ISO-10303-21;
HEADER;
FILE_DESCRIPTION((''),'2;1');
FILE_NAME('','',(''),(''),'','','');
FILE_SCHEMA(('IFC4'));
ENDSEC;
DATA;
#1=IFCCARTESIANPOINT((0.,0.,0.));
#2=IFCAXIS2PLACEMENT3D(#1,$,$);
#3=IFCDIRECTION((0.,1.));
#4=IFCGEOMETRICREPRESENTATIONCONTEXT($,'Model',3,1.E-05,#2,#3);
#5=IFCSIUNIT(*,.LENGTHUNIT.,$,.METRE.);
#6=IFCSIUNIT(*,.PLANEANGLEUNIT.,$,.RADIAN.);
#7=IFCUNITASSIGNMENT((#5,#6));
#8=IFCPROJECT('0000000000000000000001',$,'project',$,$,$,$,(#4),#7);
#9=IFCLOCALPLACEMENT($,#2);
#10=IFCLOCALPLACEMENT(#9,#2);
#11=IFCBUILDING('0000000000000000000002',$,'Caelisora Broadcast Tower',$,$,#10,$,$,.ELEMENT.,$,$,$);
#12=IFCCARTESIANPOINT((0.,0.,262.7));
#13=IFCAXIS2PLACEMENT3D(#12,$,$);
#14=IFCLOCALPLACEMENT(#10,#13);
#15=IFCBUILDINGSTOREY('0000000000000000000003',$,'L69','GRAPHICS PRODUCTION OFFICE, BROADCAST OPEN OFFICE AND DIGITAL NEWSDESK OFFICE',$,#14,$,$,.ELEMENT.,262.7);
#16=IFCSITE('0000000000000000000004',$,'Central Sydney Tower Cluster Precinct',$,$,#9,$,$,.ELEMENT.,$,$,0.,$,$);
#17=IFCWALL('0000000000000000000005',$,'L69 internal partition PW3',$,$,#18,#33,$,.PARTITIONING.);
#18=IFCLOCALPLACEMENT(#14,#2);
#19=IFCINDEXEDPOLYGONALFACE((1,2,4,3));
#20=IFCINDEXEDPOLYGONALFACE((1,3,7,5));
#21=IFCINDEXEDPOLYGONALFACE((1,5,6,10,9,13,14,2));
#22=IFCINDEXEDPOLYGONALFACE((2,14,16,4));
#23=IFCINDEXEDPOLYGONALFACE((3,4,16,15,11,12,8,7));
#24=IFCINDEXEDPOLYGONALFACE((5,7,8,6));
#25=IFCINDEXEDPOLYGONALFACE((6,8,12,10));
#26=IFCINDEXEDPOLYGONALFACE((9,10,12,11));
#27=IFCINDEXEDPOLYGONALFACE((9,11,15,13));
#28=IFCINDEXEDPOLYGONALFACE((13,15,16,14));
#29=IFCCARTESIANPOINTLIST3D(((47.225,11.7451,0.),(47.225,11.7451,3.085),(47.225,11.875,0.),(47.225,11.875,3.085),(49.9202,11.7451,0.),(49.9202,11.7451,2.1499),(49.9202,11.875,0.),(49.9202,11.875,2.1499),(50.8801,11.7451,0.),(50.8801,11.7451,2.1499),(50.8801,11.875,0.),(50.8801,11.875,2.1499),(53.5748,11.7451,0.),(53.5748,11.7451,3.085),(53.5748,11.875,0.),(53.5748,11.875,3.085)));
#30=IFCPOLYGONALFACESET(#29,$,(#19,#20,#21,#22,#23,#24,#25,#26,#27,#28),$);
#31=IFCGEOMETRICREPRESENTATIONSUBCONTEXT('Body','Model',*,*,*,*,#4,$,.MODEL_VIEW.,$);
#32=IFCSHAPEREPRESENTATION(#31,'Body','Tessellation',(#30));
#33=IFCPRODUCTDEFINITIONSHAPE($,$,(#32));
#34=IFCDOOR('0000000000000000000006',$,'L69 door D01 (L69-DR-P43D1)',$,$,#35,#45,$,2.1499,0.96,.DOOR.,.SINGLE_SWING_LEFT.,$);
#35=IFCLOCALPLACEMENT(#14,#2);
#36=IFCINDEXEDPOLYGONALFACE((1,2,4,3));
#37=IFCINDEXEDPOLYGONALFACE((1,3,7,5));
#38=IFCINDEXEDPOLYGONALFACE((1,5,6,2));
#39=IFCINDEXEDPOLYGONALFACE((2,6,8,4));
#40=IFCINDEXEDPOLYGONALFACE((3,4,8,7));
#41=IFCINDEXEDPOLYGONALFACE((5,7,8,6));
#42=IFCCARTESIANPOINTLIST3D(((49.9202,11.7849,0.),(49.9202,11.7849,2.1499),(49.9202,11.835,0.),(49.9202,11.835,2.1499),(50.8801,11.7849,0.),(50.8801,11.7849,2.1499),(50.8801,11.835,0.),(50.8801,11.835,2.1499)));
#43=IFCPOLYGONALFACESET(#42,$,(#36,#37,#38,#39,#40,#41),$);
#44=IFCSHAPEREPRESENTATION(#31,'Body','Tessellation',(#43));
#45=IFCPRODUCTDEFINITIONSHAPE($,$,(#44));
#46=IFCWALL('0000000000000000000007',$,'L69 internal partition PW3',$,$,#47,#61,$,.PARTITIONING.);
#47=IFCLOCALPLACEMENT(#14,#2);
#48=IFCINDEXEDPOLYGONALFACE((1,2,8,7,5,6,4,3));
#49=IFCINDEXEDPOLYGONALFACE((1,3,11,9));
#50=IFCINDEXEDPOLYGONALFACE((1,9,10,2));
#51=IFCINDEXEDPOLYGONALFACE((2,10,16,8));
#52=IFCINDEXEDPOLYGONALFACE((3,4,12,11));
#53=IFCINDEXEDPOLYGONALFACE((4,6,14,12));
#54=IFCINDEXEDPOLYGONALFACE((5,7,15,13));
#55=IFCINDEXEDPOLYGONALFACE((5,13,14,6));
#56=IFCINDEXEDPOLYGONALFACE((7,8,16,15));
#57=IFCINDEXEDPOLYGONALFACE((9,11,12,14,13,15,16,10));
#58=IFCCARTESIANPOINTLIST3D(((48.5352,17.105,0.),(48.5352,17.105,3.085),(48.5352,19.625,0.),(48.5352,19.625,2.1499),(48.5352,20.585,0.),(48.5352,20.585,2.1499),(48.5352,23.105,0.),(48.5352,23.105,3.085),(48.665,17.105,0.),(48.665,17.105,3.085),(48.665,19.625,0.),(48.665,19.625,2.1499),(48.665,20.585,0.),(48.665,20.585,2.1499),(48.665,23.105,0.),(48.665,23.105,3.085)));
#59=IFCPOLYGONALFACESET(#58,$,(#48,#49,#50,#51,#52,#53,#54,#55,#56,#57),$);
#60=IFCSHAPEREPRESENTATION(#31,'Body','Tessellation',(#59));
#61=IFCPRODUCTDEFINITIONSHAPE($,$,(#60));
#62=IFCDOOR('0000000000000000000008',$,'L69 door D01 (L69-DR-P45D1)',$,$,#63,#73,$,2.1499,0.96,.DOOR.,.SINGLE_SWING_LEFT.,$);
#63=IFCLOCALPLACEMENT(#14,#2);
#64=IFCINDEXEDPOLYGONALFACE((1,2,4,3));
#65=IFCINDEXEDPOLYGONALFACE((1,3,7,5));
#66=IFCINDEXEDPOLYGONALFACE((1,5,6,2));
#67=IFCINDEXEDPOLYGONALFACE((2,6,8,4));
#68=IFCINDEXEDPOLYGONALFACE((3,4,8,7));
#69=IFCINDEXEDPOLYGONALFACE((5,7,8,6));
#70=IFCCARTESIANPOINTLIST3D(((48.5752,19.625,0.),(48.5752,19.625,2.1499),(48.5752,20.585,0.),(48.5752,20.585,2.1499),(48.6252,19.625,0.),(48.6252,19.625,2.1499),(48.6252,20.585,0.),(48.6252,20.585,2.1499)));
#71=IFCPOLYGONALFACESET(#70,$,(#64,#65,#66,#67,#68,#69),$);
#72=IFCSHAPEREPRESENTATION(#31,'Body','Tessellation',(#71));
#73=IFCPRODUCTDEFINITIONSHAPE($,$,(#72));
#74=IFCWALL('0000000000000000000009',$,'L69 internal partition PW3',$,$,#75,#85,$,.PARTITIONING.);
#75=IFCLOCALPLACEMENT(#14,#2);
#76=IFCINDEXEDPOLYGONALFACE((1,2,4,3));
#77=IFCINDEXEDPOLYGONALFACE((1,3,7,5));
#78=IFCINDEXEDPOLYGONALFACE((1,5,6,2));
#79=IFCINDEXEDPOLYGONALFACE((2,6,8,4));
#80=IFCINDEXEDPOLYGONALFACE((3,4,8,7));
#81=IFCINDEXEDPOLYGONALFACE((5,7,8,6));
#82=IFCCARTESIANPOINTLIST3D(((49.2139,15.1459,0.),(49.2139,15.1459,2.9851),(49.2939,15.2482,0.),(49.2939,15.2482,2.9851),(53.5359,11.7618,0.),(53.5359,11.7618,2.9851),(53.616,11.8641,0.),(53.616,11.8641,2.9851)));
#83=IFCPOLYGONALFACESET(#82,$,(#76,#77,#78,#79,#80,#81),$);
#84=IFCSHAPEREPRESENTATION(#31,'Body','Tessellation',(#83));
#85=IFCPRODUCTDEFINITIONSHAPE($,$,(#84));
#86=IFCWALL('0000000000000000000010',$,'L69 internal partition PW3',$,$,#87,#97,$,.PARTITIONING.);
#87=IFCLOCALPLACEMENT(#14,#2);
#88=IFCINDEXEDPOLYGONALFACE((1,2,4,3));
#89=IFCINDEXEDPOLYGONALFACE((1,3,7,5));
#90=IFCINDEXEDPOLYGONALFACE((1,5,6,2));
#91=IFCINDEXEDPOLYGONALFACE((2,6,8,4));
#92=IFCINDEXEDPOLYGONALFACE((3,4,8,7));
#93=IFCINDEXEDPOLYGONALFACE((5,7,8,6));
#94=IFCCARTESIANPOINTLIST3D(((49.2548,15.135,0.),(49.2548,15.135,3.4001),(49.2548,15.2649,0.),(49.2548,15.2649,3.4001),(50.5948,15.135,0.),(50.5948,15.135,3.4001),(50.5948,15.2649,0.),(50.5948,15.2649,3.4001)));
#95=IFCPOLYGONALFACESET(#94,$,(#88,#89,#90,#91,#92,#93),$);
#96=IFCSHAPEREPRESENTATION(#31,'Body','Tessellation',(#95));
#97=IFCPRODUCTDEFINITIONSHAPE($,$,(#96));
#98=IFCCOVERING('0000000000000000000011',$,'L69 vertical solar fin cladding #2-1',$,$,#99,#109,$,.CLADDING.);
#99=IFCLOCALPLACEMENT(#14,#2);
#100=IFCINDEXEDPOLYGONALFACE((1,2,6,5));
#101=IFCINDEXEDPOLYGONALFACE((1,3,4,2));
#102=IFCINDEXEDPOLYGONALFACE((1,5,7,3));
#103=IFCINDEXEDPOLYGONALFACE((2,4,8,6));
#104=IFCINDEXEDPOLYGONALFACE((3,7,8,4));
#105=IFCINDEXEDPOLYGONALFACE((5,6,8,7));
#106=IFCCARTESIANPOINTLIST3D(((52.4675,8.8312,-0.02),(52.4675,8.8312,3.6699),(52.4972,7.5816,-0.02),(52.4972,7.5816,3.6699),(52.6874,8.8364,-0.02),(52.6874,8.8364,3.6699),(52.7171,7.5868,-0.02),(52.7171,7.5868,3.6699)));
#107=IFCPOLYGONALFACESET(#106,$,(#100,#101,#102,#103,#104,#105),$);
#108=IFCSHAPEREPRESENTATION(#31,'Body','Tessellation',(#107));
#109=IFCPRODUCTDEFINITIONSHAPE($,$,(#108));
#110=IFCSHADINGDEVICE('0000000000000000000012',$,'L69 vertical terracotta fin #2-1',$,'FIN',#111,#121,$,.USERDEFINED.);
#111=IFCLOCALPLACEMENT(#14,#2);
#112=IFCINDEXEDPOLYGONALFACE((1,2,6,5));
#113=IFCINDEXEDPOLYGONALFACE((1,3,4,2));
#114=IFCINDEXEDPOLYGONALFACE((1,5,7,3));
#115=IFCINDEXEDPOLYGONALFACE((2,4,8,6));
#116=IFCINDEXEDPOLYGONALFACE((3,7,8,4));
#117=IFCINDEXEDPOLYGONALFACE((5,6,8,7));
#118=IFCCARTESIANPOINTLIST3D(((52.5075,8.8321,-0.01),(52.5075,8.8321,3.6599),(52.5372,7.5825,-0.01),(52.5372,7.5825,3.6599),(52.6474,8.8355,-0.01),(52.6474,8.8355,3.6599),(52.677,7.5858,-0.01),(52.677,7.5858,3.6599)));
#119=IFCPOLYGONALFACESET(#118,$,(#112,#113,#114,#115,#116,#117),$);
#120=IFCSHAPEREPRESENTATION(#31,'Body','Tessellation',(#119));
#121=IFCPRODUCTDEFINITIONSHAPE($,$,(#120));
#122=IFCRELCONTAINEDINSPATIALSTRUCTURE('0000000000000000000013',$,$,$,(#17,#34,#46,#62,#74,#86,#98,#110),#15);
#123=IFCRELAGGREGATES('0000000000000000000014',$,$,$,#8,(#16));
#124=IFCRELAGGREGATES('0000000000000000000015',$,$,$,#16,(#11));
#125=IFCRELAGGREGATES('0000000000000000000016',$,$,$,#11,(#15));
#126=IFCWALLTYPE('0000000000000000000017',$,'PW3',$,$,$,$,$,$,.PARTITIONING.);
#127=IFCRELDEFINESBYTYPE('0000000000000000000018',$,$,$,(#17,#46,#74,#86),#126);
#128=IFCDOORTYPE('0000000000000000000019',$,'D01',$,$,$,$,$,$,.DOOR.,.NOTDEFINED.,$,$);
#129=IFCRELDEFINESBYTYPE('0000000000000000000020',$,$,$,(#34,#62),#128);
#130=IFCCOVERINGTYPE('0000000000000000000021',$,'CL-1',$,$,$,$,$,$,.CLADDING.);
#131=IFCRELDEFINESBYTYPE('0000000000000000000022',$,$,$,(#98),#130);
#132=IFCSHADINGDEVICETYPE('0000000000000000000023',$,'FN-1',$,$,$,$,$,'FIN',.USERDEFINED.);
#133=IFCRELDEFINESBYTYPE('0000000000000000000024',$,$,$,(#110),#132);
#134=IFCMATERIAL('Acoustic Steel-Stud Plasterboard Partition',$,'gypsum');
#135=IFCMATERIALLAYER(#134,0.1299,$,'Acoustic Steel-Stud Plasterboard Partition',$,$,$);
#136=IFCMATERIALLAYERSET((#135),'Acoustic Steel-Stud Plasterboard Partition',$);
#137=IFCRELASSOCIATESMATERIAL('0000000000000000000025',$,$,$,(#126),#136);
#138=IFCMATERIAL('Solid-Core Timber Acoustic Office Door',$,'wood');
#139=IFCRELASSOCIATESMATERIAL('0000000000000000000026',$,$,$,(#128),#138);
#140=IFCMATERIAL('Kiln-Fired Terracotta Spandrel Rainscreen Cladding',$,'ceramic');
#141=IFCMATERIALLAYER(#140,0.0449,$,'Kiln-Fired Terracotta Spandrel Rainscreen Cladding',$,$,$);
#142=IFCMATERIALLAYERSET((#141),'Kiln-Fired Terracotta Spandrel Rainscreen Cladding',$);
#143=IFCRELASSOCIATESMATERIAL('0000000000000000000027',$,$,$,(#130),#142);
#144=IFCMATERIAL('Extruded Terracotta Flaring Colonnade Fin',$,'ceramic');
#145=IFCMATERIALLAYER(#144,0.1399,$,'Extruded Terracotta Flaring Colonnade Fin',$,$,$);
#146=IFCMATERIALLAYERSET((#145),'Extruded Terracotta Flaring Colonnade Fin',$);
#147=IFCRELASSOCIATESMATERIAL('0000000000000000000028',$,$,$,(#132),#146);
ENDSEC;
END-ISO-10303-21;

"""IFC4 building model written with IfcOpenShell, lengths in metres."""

from ifc_helpers import new_model, si_unit, direction, frame, frame_2d, origin, origin_2d, place, context, subcontext, project, spatial, rectangle, extrude, source, transform, mapped, material, layer, layer_set, type_object, type_shapes, element, fill, save


model = new_model("IFC4")

# Units and contexts
model_context = context("Model", 3, precision=1e-05, world=origin(), true_north=direction((0.0, 1.0)))
body_context = subcontext(model_context, "Body", "Model", "MODEL_VIEW")
ifc_project = project(units=[si_unit("LENGTHUNIT", "METRE"), si_unit("PLANEANGLEUNIT", "RADIAN")], contexts=[model_context])

# Site, building, storey
site_placement = place(None, origin())
site = spatial("IfcSite", under=ifc_project, at=site_placement, Name="Central Sydney Tower Cluster Precinct", CompositionType="ELEMENT", RefElevation=0.0)
building_placement = place(site_placement, origin())
building = spatial("IfcBuilding", under=site, at=building_placement, Name="Caelisora Broadcast Tower", CompositionType="ELEMENT")
storey_placement = place(building_placement, frame((0.0, 0.0, 262.7)))
storey = spatial("IfcBuildingStorey", under=building, at=storey_placement, Name="L69", Description="GRAPHICS PRODUCTION OFFICE, BROADCAST OPEN OFFICE AND DIGITAL NEWSDESK OFFICE", CompositionType="ELEMENT", Elevation=262.7)

# Shared definitions
ifc_material_1 = material(Name="Acoustic Steel-Stud Plasterboard Partition", Category="gypsum")
ifc_layer_1 = layer(ifc_material_1, 0.1299, Name="Acoustic Steel-Stud Plasterboard Partition")
ifc_layer_set_1 = layer_set([ifc_layer_1], Name="Acoustic Steel-Stud Plasterboard Partition")
wall_type = type_object("IfcWallType", Name="PW3", PredefinedType="PARTITIONING", material=ifc_layer_set_1)

# Walls, openings, doors
ifc_material_2 = material(Name="Solid-Core Timber Acoustic Office Door", Category="wood")
door_type = type_object("IfcDoorType", Name="D01", OperationType="NOTDEFINED", PredefinedType="DOOR", material=ifc_material_2)
wall_1_placement = place(storey_placement, frame((47.2251, 11.8101, 0.0), z_axis=(0.0, 0.0, 1.0), x_axis=(1.0, 0.0, 0.0)))
wall_1 = element("IfcWall", 1, at=wall_1_placement, inside=storey, type_object=wall_type, Name="L69 internal partition PW3", PredefinedType="PARTITIONING", context=body_context, shape_type="SweptSolid", body=[
    extrude(rectangle(XDim=6.3499, YDim=0.1299, at=frame_2d((3.1748, 0.0))), origin(), (0.0, 0.0, 1.0), 3.085),
])
opening_1_placement = place(wall_1_placement, frame((2.6951, 0.0, 0.0)))
opening_1 = element("IfcOpeningElement", 2, at=opening_1_placement, cuts=wall_1, PredefinedType="OPENING", context=body_context, shape_type="SweptSolid", body=[
    extrude(rectangle(XDim=0.96, YDim=2.1499, at=frame_2d((0.48, 1.075))), frame((0.0, 0.0769, 0.0), z_axis=(0.0, -1.0, 0.0), x_axis=(1.0, 0.0, 0.0)), (0.0, 0.0, 1.0), 0.1538),
])
door_1_placement = place(opening_1_placement, origin())
door_1 = element("IfcDoor", 3, at=door_1_placement, inside=storey, type_object=door_type, Name="L69 door D01 (L69-DR-P43D1)", OperationType="SINGLE_SWING_LEFT", OverallHeight=2.1499, OverallWidth=0.96, PredefinedType="DOOR", context=body_context, shape_type="SweptSolid", body=[
    extrude(rectangle(XDim=0.96, YDim=2.1499, at=frame_2d((0.48, 1.075))), frame((0.0, 0.0249, 0.0), z_axis=(0.0, -1.0, 0.0), x_axis=(1.0, 0.0, 0.0)), (0.0, 0.0, 1.0), 0.05),
])
fill(opening_1, door_1)
wall_2_placement = place(storey_placement, frame((48.6001, 17.105, 0.0), z_axis=(0.0, 0.0, 1.0), x_axis=(0.0, 1.0, 0.0)))
wall_2 = element("IfcWall", 4, at=wall_2_placement, inside=storey, type_object=wall_type, Name="L69 internal partition PW3", PredefinedType="PARTITIONING", context=body_context, shape_type="SweptSolid", body=[
    extrude(rectangle(XDim=6.0, YDim=0.1299, at=frame_2d((3.0, 0.0))), origin(), (0.0, 0.0, 1.0), 3.085),
])
opening_2_placement = place(wall_2_placement, frame((2.52, 0.0, 0.0)))
opening_2 = element("IfcOpeningElement", 5, at=opening_2_placement, cuts=wall_2, PredefinedType="OPENING", context=body_context, shape_type="SweptSolid", body=[
    extrude(rectangle(XDim=0.96, YDim=2.1499, at=frame_2d((0.48, 1.075))), frame((0.0, 0.0769, 0.0), z_axis=(0.0, -1.0, 0.0), x_axis=(1.0, 0.0, 0.0)), (0.0, 0.0, 1.0), 0.1538),
])
door_2_placement = place(opening_2_placement, origin())
door_2 = element("IfcDoor", 6, at=door_2_placement, inside=storey, type_object=door_type, Name="L69 door D01 (L69-DR-P45D1)", OperationType="SINGLE_SWING_LEFT", OverallHeight=2.1499, OverallWidth=0.96, PredefinedType="DOOR", context=body_context, shape_type="SweptSolid", body=[
    extrude(rectangle(XDim=0.96, YDim=2.1499, at=frame_2d((0.48, 1.075))), frame((0.0, 0.0249, 0.0), z_axis=(0.0, -1.0, 0.0), x_axis=(1.0, 0.0, 0.0)), (0.0, 0.0, 1.0), 0.05),
])
fill(opening_2, door_2)

# Walls
wall_3_placement = place(storey_placement, frame((49.2539, 15.197, 0.0), z_axis=(0.0, 0.0, 1.0), x_axis=(0.787365, -0.616487, 0.0)))
element("IfcWall", 7, at=wall_3_placement, inside=storey, type_object=wall_type, Name="L69 internal partition PW3", PredefinedType="PARTITIONING", context=body_context, shape_type="SweptSolid", body=[
    extrude(rectangle(XDim=5.4893, YDim=0.1299, at=frame_2d((2.7446, 0.0))), origin(), (0.0, 0.0, 1.0), 2.9851),
])
wall_4_placement = place(storey_placement, frame((49.2549, 15.2, 0.0), z_axis=(0.0, 0.0, 1.0), x_axis=(1.0, 0.0, 0.0)))
element("IfcWall", 8, at=wall_4_placement, inside=storey, type_object=wall_type, Name="L69 internal partition PW3", PredefinedType="PARTITIONING", context=body_context, shape_type="SweptSolid", body=[
    extrude(rectangle(XDim=1.3401, YDim=0.1299, at=frame_2d((0.6699, 0.0))), origin(), (0.0, 0.0, 1.0), 3.4001),
])

# Covering
ifc_material_3 = material(Name="Kiln-Fired Terracotta Spandrel Rainscreen Cladding", Category="ceramic")
ifc_layer_2 = layer(ifc_material_3, 0.0449, Name="Kiln-Fired Terracotta Spandrel Rainscreen Cladding")
ifc_layer_set_2 = layer_set([ifc_layer_2], Name="Kiln-Fired Terracotta Spandrel Rainscreen Cladding")
covering_type = type_object("IfcCoveringType", Name="CL-1", PredefinedType="CLADDING", material=ifc_layer_set_2)
shared_shape_1 = source(origin(), body_context, "Body", "SweptSolid", [
    extrude(rectangle(XDim=0.22, YDim=1.25, at=origin_2d()), origin(), (0.0, 0.0, 1.0), 3.6899),
])
type_shapes(covering_type, [shared_shape_1])
covering_placement = place(storey_placement, frame((52.5923, 8.209, -0.02), z_axis=(0.0, 0.0, 1.0), x_axis=(-0.999718, -0.023734, 0.0)))
element("IfcCovering", 9, at=covering_placement, inside=storey, type_object=covering_type, Name="L69 vertical solar fin cladding #2-1", PredefinedType="CLADDING", context=body_context, shape_type="MappedRepresentation", body=[
    mapped(shared_shape_1, transform((0.0, 0.0, 0.0), scale=1.0)),
])

# Shading device
ifc_material_4 = material(Name="Extruded Terracotta Flaring Colonnade Fin", Category="ceramic")
ifc_layer_3 = layer(ifc_material_4, 0.1399, Name="Extruded Terracotta Flaring Colonnade Fin")
ifc_layer_set_3 = layer_set([ifc_layer_3], Name="Extruded Terracotta Flaring Colonnade Fin")
shading_device_type = type_object("IfcShadingDeviceType", Name="FN-1", ElementType="FIN", PredefinedType="USERDEFINED", material=ifc_layer_set_3)
shared_shape_2 = source(origin(), body_context, "Body", "SweptSolid", [
    extrude(rectangle(XDim=0.1399, YDim=1.25, at=origin_2d()), origin(), (0.0, 0.0, 1.0), 3.6699),
])
type_shapes(shading_device_type, [shared_shape_2])
shading_device_placement = place(storey_placement, frame((52.5923, 8.209, -0.01), z_axis=(0.0, 0.0, 1.0), x_axis=(-0.999718, -0.023734, 0.0)))
element("IfcShadingDevice", 10, at=shading_device_placement, inside=storey, type_object=shading_device_type, Name="L69 vertical terracotta fin #2-1", ObjectType="FIN", PredefinedType="USERDEFINED", context=body_context, shape_type="MappedRepresentation", body=[
    mapped(shared_shape_2, transform((0.0, 0.0, 0.0), scale=1.0)),
])

save(model, "model.ifc")
